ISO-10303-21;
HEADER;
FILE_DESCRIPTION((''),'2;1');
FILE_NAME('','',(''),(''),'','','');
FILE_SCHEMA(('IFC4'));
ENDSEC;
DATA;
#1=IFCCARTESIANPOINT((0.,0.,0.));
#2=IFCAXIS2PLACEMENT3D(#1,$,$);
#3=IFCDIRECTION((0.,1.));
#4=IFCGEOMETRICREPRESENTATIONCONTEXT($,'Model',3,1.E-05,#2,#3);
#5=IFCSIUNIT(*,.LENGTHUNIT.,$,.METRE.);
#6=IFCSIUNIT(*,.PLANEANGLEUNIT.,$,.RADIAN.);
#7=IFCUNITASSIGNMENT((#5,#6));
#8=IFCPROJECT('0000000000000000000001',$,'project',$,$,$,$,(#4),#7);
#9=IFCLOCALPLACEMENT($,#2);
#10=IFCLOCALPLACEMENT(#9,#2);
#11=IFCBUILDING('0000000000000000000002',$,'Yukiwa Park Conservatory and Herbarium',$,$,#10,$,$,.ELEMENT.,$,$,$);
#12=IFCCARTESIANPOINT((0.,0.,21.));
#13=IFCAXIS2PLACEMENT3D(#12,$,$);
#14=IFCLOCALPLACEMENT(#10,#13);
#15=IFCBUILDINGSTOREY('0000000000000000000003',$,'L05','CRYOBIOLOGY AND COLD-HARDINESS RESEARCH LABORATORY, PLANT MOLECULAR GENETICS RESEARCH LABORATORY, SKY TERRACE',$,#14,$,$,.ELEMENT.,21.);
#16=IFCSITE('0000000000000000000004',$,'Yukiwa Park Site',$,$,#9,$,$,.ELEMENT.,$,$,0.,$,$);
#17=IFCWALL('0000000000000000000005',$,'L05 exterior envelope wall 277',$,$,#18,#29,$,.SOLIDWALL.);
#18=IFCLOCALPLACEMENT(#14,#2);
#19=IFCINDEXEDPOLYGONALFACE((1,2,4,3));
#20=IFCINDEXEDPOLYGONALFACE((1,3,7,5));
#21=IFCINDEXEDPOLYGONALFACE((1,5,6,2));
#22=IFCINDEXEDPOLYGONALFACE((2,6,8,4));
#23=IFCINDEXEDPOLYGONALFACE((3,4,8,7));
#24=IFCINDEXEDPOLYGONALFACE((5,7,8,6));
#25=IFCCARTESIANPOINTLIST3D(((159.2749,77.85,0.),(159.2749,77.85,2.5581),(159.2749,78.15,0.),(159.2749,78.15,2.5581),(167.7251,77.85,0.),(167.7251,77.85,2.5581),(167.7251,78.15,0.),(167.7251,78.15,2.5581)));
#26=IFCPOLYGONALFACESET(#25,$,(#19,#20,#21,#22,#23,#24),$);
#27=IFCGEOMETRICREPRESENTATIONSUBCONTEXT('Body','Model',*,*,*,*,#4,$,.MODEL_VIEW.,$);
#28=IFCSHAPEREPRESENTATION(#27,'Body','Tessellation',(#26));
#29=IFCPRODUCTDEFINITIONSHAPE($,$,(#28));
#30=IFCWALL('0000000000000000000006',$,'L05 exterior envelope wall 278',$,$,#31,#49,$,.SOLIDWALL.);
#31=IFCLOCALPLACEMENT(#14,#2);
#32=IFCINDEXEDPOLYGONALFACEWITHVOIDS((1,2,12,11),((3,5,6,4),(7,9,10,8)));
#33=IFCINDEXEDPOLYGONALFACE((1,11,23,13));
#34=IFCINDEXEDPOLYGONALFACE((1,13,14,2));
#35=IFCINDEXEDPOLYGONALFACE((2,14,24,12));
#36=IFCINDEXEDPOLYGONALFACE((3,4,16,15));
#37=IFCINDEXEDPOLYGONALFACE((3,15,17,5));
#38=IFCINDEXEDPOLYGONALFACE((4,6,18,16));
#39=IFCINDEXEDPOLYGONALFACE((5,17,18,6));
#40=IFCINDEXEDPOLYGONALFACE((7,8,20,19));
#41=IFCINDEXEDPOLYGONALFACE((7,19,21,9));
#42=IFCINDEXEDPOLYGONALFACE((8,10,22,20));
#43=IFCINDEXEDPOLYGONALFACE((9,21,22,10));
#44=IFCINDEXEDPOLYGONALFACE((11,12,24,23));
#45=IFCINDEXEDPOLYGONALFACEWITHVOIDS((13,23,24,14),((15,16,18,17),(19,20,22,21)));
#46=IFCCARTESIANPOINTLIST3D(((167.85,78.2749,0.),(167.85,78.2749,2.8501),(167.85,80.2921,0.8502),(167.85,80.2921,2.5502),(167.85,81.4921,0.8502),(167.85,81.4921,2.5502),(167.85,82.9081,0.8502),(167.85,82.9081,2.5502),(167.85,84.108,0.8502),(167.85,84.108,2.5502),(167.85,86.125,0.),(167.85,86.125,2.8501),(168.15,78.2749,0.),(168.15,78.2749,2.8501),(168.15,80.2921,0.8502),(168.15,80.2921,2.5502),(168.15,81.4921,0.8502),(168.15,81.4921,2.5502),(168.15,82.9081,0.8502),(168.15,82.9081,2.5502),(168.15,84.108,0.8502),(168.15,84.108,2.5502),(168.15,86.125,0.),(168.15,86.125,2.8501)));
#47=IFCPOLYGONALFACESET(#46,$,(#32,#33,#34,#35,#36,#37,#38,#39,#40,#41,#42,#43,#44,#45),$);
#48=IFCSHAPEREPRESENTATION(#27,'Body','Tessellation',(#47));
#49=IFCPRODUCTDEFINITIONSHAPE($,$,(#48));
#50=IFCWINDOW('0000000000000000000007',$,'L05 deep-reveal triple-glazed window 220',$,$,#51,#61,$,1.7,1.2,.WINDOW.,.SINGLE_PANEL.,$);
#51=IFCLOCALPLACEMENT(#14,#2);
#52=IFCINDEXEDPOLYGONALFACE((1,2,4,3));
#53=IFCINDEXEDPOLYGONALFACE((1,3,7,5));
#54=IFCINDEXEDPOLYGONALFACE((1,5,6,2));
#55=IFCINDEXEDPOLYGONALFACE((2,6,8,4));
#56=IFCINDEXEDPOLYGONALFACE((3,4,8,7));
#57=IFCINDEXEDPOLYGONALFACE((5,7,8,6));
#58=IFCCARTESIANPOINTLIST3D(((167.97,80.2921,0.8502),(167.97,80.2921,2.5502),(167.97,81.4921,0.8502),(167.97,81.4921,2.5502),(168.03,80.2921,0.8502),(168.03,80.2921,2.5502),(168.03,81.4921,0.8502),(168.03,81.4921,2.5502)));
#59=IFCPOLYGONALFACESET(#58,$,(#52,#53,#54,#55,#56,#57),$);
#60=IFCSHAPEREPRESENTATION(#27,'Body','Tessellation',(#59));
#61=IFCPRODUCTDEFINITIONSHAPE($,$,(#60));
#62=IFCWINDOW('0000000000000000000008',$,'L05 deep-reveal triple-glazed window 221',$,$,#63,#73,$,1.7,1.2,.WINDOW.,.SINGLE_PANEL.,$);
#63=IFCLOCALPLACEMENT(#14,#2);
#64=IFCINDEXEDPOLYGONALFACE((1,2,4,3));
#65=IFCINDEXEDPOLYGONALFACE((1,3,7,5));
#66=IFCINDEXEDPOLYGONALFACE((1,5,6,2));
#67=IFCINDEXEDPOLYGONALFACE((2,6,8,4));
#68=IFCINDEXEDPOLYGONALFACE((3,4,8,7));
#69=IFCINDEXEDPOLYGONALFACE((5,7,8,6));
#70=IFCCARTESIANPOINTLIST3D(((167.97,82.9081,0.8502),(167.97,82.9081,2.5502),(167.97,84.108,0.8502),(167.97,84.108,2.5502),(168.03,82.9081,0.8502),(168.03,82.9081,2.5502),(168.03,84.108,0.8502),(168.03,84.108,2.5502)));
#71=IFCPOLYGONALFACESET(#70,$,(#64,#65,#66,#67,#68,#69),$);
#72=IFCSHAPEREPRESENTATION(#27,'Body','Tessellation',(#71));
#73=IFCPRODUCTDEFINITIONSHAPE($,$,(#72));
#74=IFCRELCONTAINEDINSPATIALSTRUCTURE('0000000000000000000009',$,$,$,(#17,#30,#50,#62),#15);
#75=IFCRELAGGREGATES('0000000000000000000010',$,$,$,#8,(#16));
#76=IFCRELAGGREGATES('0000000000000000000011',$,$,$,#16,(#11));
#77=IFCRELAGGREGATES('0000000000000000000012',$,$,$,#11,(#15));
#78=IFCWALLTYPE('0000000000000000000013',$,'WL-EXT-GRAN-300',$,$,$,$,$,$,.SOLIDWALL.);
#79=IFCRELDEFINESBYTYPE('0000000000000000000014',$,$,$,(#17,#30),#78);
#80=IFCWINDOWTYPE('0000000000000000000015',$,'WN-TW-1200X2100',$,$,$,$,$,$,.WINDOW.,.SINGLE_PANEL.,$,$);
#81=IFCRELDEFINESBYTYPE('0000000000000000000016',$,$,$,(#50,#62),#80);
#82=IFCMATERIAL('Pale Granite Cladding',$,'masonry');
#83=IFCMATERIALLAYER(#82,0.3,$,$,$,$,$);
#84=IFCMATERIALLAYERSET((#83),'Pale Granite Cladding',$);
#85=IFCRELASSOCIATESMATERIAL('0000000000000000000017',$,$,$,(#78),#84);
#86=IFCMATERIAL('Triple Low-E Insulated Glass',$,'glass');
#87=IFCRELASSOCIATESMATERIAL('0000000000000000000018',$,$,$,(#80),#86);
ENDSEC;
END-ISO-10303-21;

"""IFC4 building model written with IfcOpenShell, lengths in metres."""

from ifc_helpers import new_model, si_unit, direction, frame, frame_2d, origin, place, context, subcontext, project, spatial, rectangle, extrude, material, layer, layer_set, type_object, element, fill, save


model = new_model("IFC4")

# Units and contexts
model_context = context("Model", 3, precision=1e-05, world=origin(), true_north=direction((0.0, 1.0)))
body_context = subcontext(model_context, "Body", "Model", "MODEL_VIEW")
ifc_project = project(units=[si_unit("LENGTHUNIT", "METRE"), si_unit("PLANEANGLEUNIT", "RADIAN")], contexts=[model_context])

# Site, building, storey
site_placement = place(None, origin())
site = spatial("IfcSite", under=ifc_project, at=site_placement, Name="Yukiwa Park Site", CompositionType="ELEMENT", RefElevation=0.0)
building_placement = place(site_placement, origin())
building = spatial("IfcBuilding", under=site, at=building_placement, Name="Yukiwa Park Conservatory and Herbarium", CompositionType="ELEMENT")
storey_placement = place(building_placement, frame((0.0, 0.0, 21.0)))
storey = spatial("IfcBuildingStorey", under=building, at=storey_placement, Name="L05", Description="CRYOBIOLOGY AND COLD-HARDINESS RESEARCH LABORATORY, PLANT MOLECULAR GENETICS RESEARCH LABORATORY, SKY TERRACE", CompositionType="ELEMENT", Elevation=21.0)

# Wall
ifc_material_1 = material(Name="Pale Granite Cladding", Category="masonry")
ifc_layer_1 = layer(ifc_material_1, 0.3)
ifc_layer_set_1 = layer_set([ifc_layer_1], Name="Pale Granite Cladding")
wall_type = type_object("IfcWallType", Name="WL-EXT-GRAN-300", PredefinedType="SOLIDWALL", material=ifc_layer_set_1)
wall_1_placement = place(storey_placement, frame((159.2749, 78.0, 0.0), z_axis=(0.0, 0.0, 1.0), x_axis=(1.0, 0.0, 0.0)))
element("IfcWall", 1, at=wall_1_placement, inside=storey, type_object=wall_type, Name="L05 exterior envelope wall 277", PredefinedType="SOLIDWALL", context=body_context, shape_type="SweptSolid", body=[
    extrude(rectangle(XDim=8.4502, YDim=0.3, at=frame_2d((4.2251, 0.0))), origin(), (0.0, 0.0, 1.0), 2.5581),
])

# Wall, openings, windows
wall_2_placement = place(storey_placement, frame((168.0, 78.2749, 0.0), z_axis=(0.0, 0.0, 1.0), x_axis=(0.0, 1.0, 0.0)))
wall_2 = element("IfcWall", 2, at=wall_2_placement, inside=storey, type_object=wall_type, Name="L05 exterior envelope wall 278", PredefinedType="SOLIDWALL", context=body_context, shape_type="SweptSolid", body=[
    extrude(rectangle(XDim=7.8501, YDim=0.3, at=frame_2d((3.925, 0.0))), origin(), (0.0, 0.0, 1.0), 2.8501),
])
opening_1_placement = place(wall_2_placement, frame((2.0171, 0.0, 0.8501)))
opening_1 = element("IfcOpeningElement", 3, at=opening_1_placement, cuts=wall_2, PredefinedType="OPENING", context=body_context, shape_type="SweptSolid", body=[
    extrude(rectangle(XDim=1.2, YDim=1.7, at=frame_2d((0.6001, 0.8501))), frame((0.0, 0.1602, 0.0), z_axis=(0.0, -1.0, 0.0), x_axis=(1.0, 0.0, 0.0)), (0.0, 0.0, 1.0), 0.3201),
])
opening_2_placement = place(wall_2_placement, frame((4.6331, 0.0, 0.8501)))
opening_2 = element("IfcOpeningElement", 4, at=opening_2_placement, cuts=wall_2, PredefinedType="OPENING", context=body_context, shape_type="SweptSolid", body=[
    extrude(rectangle(XDim=1.2, YDim=1.7, at=frame_2d((0.6001, 0.8501))), frame((0.0, 0.1602, 0.0), z_axis=(0.0, -1.0, 0.0), x_axis=(1.0, 0.0, 0.0)), (0.0, 0.0, 1.0), 0.3201),
])
ifc_material_2 = material(Name="Triple Low-E Insulated Glass", Category="glass")
window_type = type_object("IfcWindowType", Name="WN-TW-1200X2100", PartitioningType="SINGLE_PANEL", PredefinedType="WINDOW", material=ifc_material_2)
window_1_placement = place(opening_1_placement, origin())
window_1 = element("IfcWindow", 5, at=window_1_placement, inside=storey, type_object=window_type, Name="L05 deep-reveal triple-glazed window 220", OverallHeight=1.7, OverallWidth=1.2, PartitioningType="SINGLE_PANEL", PredefinedType="WINDOW", context=body_context, shape_type="SweptSolid", body=[
    extrude(rectangle(XDim=1.2, YDim=1.7, at=frame_2d((0.6001, 0.8501))), frame((0.0, 0.03, 0.0), z_axis=(0.0, -1.0, 0.0), x_axis=(1.0, 0.0, 0.0)), (0.0, 0.0, 1.0), 0.0601),
])
fill(opening_1, window_1)
window_2_placement = place(opening_2_placement, origin())
window_2 = element("IfcWindow", 6, at=window_2_placement, inside=storey, type_object=window_type, Name="L05 deep-reveal triple-glazed window 221", OverallHeight=1.7, OverallWidth=1.2, PartitioningType="SINGLE_PANEL", PredefinedType="WINDOW", context=body_context, shape_type="SweptSolid", body=[
    extrude(rectangle(XDim=1.2, YDim=1.7, at=frame_2d((0.6001, 0.8501))), frame((0.0, 0.03, 0.0), z_axis=(0.0, -1.0, 0.0), x_axis=(1.0, 0.0, 0.0)), (0.0, 0.0, 1.0), 0.0601),
])
fill(opening_2, window_2)

save(model, "model.ifc")
